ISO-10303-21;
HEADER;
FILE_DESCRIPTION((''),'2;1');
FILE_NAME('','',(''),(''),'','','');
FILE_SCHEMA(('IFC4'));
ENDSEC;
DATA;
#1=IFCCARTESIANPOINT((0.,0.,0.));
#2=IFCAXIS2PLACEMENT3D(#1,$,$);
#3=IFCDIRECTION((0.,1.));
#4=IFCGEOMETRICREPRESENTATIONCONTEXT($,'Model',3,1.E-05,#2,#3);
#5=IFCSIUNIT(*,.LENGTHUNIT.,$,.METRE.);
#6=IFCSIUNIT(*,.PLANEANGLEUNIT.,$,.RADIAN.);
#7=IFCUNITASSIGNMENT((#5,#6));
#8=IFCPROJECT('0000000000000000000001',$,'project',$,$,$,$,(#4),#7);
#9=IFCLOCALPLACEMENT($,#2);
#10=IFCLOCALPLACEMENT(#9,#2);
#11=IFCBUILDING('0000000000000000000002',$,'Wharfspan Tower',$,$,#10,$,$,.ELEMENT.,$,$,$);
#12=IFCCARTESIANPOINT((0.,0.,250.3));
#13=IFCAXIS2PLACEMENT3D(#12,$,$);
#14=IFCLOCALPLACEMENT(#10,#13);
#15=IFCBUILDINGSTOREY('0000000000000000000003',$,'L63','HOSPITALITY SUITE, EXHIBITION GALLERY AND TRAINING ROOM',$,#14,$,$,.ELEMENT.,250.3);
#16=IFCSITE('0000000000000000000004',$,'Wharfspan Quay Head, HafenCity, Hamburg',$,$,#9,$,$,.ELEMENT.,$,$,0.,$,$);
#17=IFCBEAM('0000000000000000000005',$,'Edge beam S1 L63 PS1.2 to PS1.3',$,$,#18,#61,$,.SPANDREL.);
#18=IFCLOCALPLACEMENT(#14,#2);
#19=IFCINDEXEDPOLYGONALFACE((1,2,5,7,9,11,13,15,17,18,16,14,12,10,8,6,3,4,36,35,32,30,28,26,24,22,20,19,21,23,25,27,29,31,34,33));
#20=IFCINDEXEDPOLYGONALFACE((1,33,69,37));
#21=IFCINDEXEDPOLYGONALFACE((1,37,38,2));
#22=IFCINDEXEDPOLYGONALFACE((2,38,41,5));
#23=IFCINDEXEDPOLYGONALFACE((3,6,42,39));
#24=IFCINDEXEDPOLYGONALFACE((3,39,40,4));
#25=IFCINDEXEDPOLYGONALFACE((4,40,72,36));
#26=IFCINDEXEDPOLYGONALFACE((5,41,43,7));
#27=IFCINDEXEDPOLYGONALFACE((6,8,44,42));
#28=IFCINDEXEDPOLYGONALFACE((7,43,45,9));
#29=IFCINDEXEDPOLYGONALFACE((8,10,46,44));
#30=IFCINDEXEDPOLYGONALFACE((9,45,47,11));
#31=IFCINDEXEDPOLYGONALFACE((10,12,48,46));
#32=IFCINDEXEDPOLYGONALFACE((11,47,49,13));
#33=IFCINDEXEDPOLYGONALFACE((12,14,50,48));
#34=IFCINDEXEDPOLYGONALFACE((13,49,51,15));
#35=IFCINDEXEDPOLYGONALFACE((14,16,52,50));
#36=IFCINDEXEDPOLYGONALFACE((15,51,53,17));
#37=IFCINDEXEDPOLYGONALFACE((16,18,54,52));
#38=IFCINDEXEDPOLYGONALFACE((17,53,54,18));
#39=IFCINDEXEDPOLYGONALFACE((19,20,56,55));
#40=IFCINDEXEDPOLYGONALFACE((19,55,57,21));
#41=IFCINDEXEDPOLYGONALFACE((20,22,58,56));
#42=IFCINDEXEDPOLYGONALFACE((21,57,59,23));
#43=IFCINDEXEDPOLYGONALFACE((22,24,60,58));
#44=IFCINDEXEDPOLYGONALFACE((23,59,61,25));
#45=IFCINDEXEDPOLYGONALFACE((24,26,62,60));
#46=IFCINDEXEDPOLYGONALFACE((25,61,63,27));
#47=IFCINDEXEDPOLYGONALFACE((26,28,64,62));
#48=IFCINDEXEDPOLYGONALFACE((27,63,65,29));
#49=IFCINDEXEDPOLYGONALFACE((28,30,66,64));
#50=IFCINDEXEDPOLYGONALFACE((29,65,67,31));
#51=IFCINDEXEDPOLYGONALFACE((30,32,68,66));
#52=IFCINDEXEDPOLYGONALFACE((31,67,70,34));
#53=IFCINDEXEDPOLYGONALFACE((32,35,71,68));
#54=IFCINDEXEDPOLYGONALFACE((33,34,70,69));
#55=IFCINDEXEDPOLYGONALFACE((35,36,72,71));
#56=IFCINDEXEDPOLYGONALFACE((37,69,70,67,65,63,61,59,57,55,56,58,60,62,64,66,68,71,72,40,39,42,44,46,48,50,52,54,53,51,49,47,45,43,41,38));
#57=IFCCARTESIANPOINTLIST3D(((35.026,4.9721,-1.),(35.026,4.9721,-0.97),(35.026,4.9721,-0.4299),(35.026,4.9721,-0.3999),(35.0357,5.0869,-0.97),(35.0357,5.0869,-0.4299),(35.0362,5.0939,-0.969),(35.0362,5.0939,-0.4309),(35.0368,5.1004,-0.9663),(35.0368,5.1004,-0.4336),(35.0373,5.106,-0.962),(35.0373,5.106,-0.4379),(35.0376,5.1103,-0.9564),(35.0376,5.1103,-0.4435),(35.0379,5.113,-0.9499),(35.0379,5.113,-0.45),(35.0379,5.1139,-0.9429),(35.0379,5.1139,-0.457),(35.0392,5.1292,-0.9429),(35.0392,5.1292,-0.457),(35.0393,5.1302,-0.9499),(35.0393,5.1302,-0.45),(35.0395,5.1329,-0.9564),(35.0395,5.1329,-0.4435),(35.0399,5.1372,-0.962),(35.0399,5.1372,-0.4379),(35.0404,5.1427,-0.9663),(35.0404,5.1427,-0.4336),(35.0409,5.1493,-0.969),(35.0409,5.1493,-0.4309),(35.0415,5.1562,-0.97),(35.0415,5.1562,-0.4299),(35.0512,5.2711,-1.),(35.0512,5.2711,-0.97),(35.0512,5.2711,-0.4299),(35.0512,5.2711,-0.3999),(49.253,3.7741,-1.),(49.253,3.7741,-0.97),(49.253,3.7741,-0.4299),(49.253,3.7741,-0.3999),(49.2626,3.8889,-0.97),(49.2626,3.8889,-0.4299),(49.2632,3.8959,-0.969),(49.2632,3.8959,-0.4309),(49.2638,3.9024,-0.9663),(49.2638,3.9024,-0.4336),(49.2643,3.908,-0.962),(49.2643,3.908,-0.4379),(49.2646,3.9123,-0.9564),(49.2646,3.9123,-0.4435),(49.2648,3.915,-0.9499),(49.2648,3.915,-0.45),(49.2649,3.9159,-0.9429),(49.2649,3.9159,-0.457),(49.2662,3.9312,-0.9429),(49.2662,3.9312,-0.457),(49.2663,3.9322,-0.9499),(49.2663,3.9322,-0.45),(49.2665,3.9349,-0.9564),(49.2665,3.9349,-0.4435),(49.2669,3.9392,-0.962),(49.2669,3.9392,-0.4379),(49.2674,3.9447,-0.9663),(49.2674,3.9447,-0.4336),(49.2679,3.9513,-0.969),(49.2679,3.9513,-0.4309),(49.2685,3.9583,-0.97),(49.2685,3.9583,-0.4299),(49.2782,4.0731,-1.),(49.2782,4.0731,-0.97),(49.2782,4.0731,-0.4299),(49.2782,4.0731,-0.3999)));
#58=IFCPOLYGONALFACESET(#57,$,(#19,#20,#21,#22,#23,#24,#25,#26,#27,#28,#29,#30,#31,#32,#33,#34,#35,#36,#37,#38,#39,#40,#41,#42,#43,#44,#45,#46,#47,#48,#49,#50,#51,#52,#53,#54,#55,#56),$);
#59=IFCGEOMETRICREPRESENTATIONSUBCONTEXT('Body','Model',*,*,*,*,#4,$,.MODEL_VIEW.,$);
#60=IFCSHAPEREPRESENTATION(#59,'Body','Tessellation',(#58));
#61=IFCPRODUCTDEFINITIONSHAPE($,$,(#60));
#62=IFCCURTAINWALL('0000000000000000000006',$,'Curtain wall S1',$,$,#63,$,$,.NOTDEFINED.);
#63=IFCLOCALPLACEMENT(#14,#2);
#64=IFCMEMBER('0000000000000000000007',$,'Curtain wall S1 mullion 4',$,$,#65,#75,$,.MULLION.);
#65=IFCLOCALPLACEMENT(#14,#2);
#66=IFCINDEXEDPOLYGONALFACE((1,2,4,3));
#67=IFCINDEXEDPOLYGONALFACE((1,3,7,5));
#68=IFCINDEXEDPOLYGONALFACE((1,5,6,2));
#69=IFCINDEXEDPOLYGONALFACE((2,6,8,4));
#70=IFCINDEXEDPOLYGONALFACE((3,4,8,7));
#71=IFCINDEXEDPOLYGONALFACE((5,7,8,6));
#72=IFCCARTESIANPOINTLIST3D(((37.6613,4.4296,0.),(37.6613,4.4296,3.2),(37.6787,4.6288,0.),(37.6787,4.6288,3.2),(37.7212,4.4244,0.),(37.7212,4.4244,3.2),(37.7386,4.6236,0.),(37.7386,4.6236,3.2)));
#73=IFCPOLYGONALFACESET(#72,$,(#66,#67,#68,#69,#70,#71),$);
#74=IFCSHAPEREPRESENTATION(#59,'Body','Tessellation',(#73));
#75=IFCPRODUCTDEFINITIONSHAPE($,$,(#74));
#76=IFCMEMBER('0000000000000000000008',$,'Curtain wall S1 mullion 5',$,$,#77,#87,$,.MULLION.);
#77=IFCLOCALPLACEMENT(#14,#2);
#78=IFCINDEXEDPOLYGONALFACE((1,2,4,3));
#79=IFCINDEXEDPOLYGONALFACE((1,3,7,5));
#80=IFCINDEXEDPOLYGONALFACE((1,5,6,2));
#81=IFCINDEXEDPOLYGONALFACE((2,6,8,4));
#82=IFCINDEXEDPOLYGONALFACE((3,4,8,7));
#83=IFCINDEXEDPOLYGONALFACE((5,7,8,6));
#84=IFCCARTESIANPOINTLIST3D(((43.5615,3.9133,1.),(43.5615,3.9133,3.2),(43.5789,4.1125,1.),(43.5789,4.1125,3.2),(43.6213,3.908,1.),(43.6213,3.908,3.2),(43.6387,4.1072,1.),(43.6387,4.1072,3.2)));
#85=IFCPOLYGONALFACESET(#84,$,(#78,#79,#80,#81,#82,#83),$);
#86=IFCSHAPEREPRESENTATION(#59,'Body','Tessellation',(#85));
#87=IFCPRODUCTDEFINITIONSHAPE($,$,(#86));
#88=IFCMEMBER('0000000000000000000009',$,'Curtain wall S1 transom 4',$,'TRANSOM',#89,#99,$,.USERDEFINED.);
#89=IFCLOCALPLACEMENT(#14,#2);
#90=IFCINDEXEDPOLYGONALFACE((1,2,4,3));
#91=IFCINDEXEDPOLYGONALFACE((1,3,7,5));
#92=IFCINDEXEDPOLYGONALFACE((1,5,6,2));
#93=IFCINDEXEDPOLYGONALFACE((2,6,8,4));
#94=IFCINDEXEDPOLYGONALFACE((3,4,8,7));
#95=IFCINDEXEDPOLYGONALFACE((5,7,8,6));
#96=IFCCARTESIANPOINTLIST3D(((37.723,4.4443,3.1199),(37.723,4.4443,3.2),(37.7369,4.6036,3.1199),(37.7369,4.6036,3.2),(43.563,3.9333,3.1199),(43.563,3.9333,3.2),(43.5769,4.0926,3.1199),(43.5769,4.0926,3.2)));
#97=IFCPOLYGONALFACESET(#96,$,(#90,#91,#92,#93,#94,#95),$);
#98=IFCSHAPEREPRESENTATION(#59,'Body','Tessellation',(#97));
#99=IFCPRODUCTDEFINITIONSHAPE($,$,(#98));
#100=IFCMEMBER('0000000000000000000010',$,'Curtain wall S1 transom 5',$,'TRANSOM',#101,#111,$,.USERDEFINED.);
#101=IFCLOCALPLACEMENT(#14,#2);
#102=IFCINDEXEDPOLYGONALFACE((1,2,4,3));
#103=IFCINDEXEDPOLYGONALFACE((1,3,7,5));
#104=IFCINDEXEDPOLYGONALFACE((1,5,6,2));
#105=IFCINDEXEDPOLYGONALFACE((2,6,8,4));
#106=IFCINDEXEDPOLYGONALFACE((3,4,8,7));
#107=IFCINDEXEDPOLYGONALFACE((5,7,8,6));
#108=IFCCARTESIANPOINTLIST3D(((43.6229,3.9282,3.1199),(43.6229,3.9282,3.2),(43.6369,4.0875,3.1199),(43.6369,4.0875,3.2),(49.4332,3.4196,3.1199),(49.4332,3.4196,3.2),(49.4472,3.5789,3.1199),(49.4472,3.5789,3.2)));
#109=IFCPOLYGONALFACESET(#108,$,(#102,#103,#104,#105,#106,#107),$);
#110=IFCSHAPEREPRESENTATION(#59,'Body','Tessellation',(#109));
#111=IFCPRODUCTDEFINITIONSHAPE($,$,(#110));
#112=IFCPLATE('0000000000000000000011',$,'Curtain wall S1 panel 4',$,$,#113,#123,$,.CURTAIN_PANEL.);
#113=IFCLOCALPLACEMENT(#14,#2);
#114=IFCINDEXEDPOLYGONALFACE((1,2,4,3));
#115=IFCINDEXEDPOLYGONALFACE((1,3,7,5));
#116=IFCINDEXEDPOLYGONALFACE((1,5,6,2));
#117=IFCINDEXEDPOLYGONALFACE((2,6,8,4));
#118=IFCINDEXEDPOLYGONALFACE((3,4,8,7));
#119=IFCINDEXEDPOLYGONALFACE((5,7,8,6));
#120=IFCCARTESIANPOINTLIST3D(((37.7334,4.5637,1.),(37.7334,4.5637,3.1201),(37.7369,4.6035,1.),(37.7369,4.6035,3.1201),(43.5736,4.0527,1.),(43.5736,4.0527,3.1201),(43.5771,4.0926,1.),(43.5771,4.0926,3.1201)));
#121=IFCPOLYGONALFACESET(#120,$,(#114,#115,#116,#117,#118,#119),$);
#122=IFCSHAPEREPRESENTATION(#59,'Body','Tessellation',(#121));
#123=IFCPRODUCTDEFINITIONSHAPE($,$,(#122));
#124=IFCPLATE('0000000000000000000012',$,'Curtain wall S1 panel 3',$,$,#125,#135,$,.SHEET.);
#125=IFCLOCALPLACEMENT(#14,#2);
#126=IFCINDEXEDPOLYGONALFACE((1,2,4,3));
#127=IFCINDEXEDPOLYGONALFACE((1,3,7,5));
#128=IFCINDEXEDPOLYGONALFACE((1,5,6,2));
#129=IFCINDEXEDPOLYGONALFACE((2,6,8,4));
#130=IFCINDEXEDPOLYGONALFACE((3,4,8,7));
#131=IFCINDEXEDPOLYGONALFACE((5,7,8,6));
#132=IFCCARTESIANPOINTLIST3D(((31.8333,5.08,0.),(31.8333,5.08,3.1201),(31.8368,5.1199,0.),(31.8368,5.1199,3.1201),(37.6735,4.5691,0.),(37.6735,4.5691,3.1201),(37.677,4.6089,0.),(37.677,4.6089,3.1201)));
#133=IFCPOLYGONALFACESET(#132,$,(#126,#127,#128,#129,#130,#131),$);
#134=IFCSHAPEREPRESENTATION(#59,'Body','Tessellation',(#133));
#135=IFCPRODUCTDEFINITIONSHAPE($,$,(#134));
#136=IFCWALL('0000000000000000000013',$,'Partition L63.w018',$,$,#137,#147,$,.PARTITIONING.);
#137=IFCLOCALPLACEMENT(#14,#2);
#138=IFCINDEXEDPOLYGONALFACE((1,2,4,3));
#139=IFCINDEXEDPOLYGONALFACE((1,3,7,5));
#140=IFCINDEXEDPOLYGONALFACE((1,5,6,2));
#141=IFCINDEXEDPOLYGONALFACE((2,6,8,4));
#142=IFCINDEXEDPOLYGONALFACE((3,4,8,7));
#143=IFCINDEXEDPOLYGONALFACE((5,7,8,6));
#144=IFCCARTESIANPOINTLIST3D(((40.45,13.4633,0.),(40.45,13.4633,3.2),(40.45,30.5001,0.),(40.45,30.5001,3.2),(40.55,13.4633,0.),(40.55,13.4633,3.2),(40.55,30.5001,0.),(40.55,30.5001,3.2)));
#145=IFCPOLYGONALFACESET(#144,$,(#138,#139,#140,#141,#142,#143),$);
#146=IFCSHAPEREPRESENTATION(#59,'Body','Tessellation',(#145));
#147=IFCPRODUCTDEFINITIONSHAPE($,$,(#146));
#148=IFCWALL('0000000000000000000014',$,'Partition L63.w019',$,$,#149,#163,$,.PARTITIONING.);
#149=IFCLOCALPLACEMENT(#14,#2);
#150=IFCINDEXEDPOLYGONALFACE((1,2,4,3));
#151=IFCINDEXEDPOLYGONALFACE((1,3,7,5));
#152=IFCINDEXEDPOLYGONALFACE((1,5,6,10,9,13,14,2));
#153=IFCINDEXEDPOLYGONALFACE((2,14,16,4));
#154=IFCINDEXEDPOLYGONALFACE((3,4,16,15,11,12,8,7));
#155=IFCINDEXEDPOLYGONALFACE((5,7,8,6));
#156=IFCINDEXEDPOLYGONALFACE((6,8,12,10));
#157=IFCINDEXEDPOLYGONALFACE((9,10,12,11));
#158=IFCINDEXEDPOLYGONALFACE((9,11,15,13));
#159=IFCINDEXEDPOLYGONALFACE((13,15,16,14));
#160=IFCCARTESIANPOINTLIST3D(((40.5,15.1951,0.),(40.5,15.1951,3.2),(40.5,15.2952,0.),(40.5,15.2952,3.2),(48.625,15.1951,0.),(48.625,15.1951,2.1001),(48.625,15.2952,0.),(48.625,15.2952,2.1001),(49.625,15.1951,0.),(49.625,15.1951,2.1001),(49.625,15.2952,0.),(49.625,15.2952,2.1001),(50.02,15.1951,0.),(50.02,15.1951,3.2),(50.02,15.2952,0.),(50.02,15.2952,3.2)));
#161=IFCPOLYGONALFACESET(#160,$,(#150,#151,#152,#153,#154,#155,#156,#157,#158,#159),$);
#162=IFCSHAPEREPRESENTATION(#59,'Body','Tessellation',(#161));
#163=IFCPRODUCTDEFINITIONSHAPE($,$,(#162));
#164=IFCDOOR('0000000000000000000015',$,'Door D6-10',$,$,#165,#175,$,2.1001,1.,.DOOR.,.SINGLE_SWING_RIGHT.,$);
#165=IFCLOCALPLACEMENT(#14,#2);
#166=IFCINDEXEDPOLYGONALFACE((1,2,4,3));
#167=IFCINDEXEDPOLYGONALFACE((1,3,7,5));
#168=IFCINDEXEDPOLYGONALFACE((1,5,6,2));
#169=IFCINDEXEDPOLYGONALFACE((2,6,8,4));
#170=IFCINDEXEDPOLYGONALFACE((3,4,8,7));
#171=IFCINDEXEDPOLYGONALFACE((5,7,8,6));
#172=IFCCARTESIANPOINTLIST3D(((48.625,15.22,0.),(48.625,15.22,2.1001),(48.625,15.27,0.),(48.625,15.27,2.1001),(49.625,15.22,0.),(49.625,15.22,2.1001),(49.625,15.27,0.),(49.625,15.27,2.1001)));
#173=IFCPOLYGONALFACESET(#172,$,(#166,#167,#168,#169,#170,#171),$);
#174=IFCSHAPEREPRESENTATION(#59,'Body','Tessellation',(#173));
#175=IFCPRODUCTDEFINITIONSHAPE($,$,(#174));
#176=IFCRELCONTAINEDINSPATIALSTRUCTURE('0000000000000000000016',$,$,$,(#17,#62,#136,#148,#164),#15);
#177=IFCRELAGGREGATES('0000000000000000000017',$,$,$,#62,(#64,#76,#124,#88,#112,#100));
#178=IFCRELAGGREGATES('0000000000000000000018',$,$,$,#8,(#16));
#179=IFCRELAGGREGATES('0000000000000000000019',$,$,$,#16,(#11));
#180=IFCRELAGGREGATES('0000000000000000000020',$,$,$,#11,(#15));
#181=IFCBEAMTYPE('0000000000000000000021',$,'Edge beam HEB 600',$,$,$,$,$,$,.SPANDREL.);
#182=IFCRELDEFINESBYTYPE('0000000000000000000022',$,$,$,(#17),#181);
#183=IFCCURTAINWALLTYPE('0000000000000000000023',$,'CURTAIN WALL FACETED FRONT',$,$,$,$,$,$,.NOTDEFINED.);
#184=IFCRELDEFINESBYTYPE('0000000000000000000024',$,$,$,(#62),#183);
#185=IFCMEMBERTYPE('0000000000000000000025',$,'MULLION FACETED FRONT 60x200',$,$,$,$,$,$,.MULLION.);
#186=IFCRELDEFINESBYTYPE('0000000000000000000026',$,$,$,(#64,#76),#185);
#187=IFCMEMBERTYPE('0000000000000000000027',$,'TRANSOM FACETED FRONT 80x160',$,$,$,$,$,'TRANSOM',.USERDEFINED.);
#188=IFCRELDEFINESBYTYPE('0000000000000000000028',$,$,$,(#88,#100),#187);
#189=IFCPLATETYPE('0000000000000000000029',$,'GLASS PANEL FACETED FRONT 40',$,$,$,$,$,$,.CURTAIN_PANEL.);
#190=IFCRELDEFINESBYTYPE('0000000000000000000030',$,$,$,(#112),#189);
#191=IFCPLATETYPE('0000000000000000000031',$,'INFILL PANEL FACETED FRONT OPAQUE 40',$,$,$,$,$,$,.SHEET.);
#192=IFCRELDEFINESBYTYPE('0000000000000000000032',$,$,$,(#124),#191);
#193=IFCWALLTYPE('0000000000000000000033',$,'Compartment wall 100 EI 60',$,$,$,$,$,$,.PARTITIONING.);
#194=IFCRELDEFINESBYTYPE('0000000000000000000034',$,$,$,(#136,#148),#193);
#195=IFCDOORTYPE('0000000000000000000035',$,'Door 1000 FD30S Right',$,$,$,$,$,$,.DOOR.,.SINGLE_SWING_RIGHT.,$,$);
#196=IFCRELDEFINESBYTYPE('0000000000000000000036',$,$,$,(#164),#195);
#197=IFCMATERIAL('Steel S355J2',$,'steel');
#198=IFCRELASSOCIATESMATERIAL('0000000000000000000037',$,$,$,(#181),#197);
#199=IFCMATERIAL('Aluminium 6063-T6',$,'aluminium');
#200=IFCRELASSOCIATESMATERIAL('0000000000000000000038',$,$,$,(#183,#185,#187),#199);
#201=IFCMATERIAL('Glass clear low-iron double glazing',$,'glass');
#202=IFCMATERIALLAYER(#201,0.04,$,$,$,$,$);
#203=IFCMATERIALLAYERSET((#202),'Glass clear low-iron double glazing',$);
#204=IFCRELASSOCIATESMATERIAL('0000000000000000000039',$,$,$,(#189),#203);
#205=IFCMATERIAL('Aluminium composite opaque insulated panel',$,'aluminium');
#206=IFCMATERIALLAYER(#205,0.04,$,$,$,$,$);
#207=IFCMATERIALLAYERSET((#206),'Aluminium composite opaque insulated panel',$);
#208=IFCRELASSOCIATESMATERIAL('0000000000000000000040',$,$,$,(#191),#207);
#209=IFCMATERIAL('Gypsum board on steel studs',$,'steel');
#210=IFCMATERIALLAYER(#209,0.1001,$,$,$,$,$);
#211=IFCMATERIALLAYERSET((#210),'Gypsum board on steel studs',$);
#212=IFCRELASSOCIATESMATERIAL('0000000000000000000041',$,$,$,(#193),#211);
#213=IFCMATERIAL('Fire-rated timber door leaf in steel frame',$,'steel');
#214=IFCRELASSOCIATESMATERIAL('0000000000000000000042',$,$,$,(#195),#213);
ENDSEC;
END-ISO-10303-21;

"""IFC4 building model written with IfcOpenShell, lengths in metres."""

from ifc_helpers import new_model, si_unit, direction, frame, frame_2d, origin, origin_2d, place, context, subcontext, project, spatial, rectangle, i_section, extrude, material, layer, layer_set, material_profile, profile_set, type_object, element, fill, aggregate, save


model = new_model("IFC4")

# Units and contexts
model_context = context("Model", 3, precision=1e-05, world=origin(), true_north=direction((0.0, 1.0)))
body_context = subcontext(model_context, "Body", "Model", "MODEL_VIEW")
ifc_project = project(units=[si_unit("LENGTHUNIT", "METRE"), si_unit("PLANEANGLEUNIT", "RADIAN")], contexts=[model_context])

# Site, building, storey
site_placement = place(None, origin())
site = spatial("IfcSite", under=ifc_project, at=site_placement, Name="Wharfspan Quay Head, HafenCity, Hamburg", CompositionType="ELEMENT", RefElevation=0.0)
building_placement = place(site_placement, origin())
building = spatial("IfcBuilding", under=site, at=building_placement, Name="Wharfspan Tower", CompositionType="ELEMENT")
storey_placement = place(building_placement, frame((0.0, 0.0, 250.3)))
storey = spatial("IfcBuildingStorey", under=building, at=storey_placement, Name="L63", Description="HOSPITALITY SUITE, EXHIBITION GALLERY AND TRAINING ROOM", CompositionType="ELEMENT", Elevation=250.3)

# Shared definitions
ifc_material_1 = material(Name="Steel S355J2", Category="steel")

# Beam
ifc_material_profile_1 = material_profile(ifc_material_1, i_section(OverallWidth=0.3, OverallDepth=0.6001, WebThickness=0.0154, FlangeThickness=0.03, FilletRadius=0.0271, at=origin_2d()))
ifc_profile_set_1 = profile_set([ifc_material_profile_1], Name="Steel S355J2")
beam_type = type_object("IfcBeamType", Name="Edge beam HEB 600", PredefinedType="SPANDREL", material=ifc_profile_set_1)
beam_placement = place(storey_placement, frame((35.0386, 5.1216, -0.7), z_axis=(0.996473, -0.083909, 0.0), x_axis=(0.083909, 0.996473, 0.0)))
element("IfcBeam", 1, at=beam_placement, inside=storey, type_object=beam_type, Name="Edge beam S1 L63 PS1.2 to PS1.3", PredefinedType="SPANDREL", context=body_context, shape_type="SweptSolid", body=[
    extrude(i_section(OverallWidth=0.3, OverallDepth=0.6001, WebThickness=0.0154, FlangeThickness=0.03, FilletRadius=0.0271, at=origin_2d()), origin(), (0.0, 0.0, 1.0), 14.2773),
])

# Curtain wall, members, plates
ifc_material_2 = material(Name="Aluminium 6063-T6", Category="aluminium")
curtain_wall_type = type_object("IfcCurtainWallType", Name="CURTAIN WALL FACETED FRONT", PredefinedType="NOTDEFINED", material=ifc_material_2)
curtain_wall_placement = place(storey_placement, origin())
curtain_wall = element("IfcCurtainWall", 2, at=curtain_wall_placement, inside=storey, type_object=curtain_wall_type, Name="Curtain wall S1", PredefinedType="NOTDEFINED")
ifc_material_profile_2 = material_profile(ifc_material_2, rectangle(XDim=0.2, YDim=0.0601, at=origin_2d()))
ifc_profile_set_2 = profile_set([ifc_material_profile_2], Name="Aluminium 6063-T6")
member_type_1 = type_object("IfcMemberType", Name="MULLION FACETED FRONT 60x200", PredefinedType="MULLION", material=ifc_profile_set_2)
member_1_placement = place(storey_placement, frame((37.7, 4.5266, 0.0), z_axis=(0.0, 0.0, 1.0), x_axis=(0.087156, 0.996197, 0.0)))
member_1 = element("IfcMember", 3, at=member_1_placement, type_object=member_type_1, Name="Curtain wall S1 mullion 4", PredefinedType="MULLION", context=body_context, shape_type="SweptSolid", body=[
    extrude(rectangle(XDim=0.2, YDim=0.0601, at=origin_2d()), origin(), (0.0, 0.0, 1.0), 3.2),
])
member_2_placement = place(storey_placement, frame((43.6001, 4.0103, 1.0), z_axis=(0.0, 0.0, 1.0), x_axis=(0.087156, 0.996197, 0.0)))
member_2 = element("IfcMember", 4, at=member_2_placement, type_object=member_type_1, Name="Curtain wall S1 mullion 5", PredefinedType="MULLION", context=body_context, shape_type="SweptSolid", body=[
    extrude(rectangle(XDim=0.2, YDim=0.0601, at=origin_2d()), origin(), (0.0, 0.0, 1.0), 2.2),
])
ifc_material_profile_3 = material_profile(ifc_material_2, rectangle(XDim=0.1599, YDim=0.0801, at=origin_2d()))
ifc_profile_set_3 = profile_set([ifc_material_profile_3], Name="Aluminium 6063-T6")
member_type_2 = type_object("IfcMemberType", Name="TRANSOM FACETED FRONT 80x160", ElementType="TRANSOM", PredefinedType="USERDEFINED", material=ifc_profile_set_3)
member_3_placement = place(storey_placement, frame((37.73, 4.5239, 3.1599), z_axis=(0.996194, -0.087163, 0.0), x_axis=(0.087163, 0.996194, 0.0)))
member_3 = element("IfcMember", 5, at=member_3_placement, type_object=member_type_2, Name="Curtain wall S1 transom 4", ObjectType="TRANSOM", PredefinedType="USERDEFINED", context=body_context, shape_type="SweptSolid", body=[
    extrude(rectangle(XDim=0.1599, YDim=0.0801, at=origin_2d()), origin(), (0.0, 0.0, 1.0), 5.8623),
])
member_4_placement = place(storey_placement, frame((43.6299, 4.0078, 3.1599), z_axis=(0.996192, -0.087191, 0.0), x_axis=(0.087191, 0.996192, 0.0)))
member_4 = element("IfcMember", 6, at=member_4_placement, type_object=member_type_2, Name="Curtain wall S1 transom 5", ObjectType="TRANSOM", PredefinedType="USERDEFINED", context=body_context, shape_type="SweptSolid", body=[
    extrude(rectangle(XDim=0.1599, YDim=0.0801, at=origin_2d()), origin(), (0.0, 0.0, 1.0), 5.8325),
])
ifc_material_3 = material(Name="Glass clear low-iron double glazing", Category="glass")
ifc_layer_1 = layer(ifc_material_3, 0.04)
ifc_layer_set_1 = layer_set([ifc_layer_1], Name="Glass clear low-iron double glazing")
plate_type_1 = type_object("IfcPlateType", Name="GLASS PANEL FACETED FRONT 40", PredefinedType="CURTAIN_PANEL", material=ifc_layer_set_1)
plate_1_placement = place(storey_placement, frame((40.6553, 4.3281, 1.0), z_axis=(0.0, 0.0, 1.0), x_axis=(0.996197, -0.087156, 0.0)))
plate_1 = element("IfcPlate", 7, at=plate_1_placement, type_object=plate_type_1, Name="Curtain wall S1 panel 4", PredefinedType="CURTAIN_PANEL", context=body_context, shape_type="SweptSolid", body=[
    extrude(rectangle(XDim=5.8625, YDim=0.04, at=origin_2d()), origin(), (0.0, 0.0, 1.0), 2.1201),
])
ifc_material_4 = material(Name="Aluminium composite opaque insulated panel", Category="aluminium")
ifc_layer_2 = layer(ifc_material_4, 0.04)
ifc_layer_set_2 = layer_set([ifc_layer_2], Name="Aluminium composite opaque insulated panel")
plate_type_2 = type_object("IfcPlateType", Name="INFILL PANEL FACETED FRONT OPAQUE 40", PredefinedType="SHEET", material=ifc_layer_set_2)
plate_2_placement = place(storey_placement, frame((34.7551, 4.8445, 0.0), z_axis=(0.0, 0.0, 1.0), x_axis=(0.996197, -0.087156, 0.0)))
plate_2 = element("IfcPlate", 8, at=plate_2_placement, type_object=plate_type_2, Name="Curtain wall S1 panel 3", PredefinedType="SHEET", context=body_context, shape_type="SweptSolid", body=[
    extrude(rectangle(XDim=5.8625, YDim=0.04, at=origin_2d()), origin(), (0.0, 0.0, 1.0), 3.1201),
])
aggregate(curtain_wall, [member_1, member_2, plate_2, member_3, plate_1, member_4])

# Wall
ifc_material_5 = material(Name="Gypsum board on steel studs", Category="steel")
ifc_layer_3 = layer(ifc_material_5, 0.1001)
ifc_layer_set_3 = layer_set([ifc_layer_3], Name="Gypsum board on steel studs")
wall_type_1 = type_object("IfcWallType", Name="Compartment wall 100 EI 60", PredefinedType="PARTITIONING", material=ifc_layer_set_3)
wall_1_placement = place(storey_placement, frame((40.5, 13.4631, 0.0), z_axis=(0.0, 0.0, 1.0), x_axis=(0.0, 1.0, 0.0)))
element("IfcWall", 9, at=wall_1_placement, inside=storey, type_object=wall_type_1, Name="Partition L63.w018", PredefinedType="PARTITIONING", context=body_context, shape_type="SweptSolid", body=[
    extrude(rectangle(XDim=17.0369, YDim=0.1001, at=frame_2d((8.5186, 0.0))), origin(), (0.0, 0.0, 1.0), 3.2),
])

# Wall, opening, door
wall_2_placement = place(storey_placement, frame((40.5, 15.2451, 0.0), z_axis=(0.0, 0.0, 1.0), x_axis=(1.0, 0.0, 0.0)))
wall_2 = element("IfcWall", 10, at=wall_2_placement, inside=storey, type_object=wall_type_1, Name="Partition L63.w019", PredefinedType="PARTITIONING", context=body_context, shape_type="SweptSolid", body=[
    extrude(rectangle(XDim=9.52, YDim=0.1001, at=frame_2d((4.76, 0.0))), origin(), (0.0, 0.0, 1.0), 3.2),
])
opening_1_placement = place(wall_2_placement, frame((8.125, 0.0, 0.0)))
opening_1 = element("IfcOpeningElement", 11, at=opening_1_placement, cuts=wall_2, PredefinedType="OPENING", context=body_context, shape_type="SweptSolid", body=[
    extrude(rectangle(XDim=1.0, YDim=2.1001, at=frame_2d((0.5, 1.05))), frame((0.0, 0.0601, 0.0), z_axis=(0.0, -1.0, 0.0), x_axis=(1.0, 0.0, 0.0)), (0.0, 0.0, 1.0), 0.1201),
])
ifc_material_6 = material(Name="Fire-rated timber door leaf in steel frame", Category="steel")
door_type_1 = type_object("IfcDoorType", Name="Door 1000 FD30S Right", OperationType="SINGLE_SWING_RIGHT", PredefinedType="DOOR", material=ifc_material_6)
door_1_placement = place(opening_1_placement, origin())
door_1 = element("IfcDoor", 12, at=door_1_placement, inside=storey, type_object=door_type_1, Name="Door D6-10", OperationType="SINGLE_SWING_RIGHT", OverallHeight=2.1001, OverallWidth=1.0, PredefinedType="DOOR", context=body_context, shape_type="SweptSolid", body=[
    extrude(rectangle(XDim=1.0, YDim=2.1001, at=frame_2d((0.5, 1.05))), frame((0.0, 0.0249, 0.0), z_axis=(0.0, -1.0, 0.0), x_axis=(1.0, 0.0, 0.0)), (0.0, 0.0, 1.0), 0.05),
])
fill(opening_1, door_1)

save(model, "model.ifc")
